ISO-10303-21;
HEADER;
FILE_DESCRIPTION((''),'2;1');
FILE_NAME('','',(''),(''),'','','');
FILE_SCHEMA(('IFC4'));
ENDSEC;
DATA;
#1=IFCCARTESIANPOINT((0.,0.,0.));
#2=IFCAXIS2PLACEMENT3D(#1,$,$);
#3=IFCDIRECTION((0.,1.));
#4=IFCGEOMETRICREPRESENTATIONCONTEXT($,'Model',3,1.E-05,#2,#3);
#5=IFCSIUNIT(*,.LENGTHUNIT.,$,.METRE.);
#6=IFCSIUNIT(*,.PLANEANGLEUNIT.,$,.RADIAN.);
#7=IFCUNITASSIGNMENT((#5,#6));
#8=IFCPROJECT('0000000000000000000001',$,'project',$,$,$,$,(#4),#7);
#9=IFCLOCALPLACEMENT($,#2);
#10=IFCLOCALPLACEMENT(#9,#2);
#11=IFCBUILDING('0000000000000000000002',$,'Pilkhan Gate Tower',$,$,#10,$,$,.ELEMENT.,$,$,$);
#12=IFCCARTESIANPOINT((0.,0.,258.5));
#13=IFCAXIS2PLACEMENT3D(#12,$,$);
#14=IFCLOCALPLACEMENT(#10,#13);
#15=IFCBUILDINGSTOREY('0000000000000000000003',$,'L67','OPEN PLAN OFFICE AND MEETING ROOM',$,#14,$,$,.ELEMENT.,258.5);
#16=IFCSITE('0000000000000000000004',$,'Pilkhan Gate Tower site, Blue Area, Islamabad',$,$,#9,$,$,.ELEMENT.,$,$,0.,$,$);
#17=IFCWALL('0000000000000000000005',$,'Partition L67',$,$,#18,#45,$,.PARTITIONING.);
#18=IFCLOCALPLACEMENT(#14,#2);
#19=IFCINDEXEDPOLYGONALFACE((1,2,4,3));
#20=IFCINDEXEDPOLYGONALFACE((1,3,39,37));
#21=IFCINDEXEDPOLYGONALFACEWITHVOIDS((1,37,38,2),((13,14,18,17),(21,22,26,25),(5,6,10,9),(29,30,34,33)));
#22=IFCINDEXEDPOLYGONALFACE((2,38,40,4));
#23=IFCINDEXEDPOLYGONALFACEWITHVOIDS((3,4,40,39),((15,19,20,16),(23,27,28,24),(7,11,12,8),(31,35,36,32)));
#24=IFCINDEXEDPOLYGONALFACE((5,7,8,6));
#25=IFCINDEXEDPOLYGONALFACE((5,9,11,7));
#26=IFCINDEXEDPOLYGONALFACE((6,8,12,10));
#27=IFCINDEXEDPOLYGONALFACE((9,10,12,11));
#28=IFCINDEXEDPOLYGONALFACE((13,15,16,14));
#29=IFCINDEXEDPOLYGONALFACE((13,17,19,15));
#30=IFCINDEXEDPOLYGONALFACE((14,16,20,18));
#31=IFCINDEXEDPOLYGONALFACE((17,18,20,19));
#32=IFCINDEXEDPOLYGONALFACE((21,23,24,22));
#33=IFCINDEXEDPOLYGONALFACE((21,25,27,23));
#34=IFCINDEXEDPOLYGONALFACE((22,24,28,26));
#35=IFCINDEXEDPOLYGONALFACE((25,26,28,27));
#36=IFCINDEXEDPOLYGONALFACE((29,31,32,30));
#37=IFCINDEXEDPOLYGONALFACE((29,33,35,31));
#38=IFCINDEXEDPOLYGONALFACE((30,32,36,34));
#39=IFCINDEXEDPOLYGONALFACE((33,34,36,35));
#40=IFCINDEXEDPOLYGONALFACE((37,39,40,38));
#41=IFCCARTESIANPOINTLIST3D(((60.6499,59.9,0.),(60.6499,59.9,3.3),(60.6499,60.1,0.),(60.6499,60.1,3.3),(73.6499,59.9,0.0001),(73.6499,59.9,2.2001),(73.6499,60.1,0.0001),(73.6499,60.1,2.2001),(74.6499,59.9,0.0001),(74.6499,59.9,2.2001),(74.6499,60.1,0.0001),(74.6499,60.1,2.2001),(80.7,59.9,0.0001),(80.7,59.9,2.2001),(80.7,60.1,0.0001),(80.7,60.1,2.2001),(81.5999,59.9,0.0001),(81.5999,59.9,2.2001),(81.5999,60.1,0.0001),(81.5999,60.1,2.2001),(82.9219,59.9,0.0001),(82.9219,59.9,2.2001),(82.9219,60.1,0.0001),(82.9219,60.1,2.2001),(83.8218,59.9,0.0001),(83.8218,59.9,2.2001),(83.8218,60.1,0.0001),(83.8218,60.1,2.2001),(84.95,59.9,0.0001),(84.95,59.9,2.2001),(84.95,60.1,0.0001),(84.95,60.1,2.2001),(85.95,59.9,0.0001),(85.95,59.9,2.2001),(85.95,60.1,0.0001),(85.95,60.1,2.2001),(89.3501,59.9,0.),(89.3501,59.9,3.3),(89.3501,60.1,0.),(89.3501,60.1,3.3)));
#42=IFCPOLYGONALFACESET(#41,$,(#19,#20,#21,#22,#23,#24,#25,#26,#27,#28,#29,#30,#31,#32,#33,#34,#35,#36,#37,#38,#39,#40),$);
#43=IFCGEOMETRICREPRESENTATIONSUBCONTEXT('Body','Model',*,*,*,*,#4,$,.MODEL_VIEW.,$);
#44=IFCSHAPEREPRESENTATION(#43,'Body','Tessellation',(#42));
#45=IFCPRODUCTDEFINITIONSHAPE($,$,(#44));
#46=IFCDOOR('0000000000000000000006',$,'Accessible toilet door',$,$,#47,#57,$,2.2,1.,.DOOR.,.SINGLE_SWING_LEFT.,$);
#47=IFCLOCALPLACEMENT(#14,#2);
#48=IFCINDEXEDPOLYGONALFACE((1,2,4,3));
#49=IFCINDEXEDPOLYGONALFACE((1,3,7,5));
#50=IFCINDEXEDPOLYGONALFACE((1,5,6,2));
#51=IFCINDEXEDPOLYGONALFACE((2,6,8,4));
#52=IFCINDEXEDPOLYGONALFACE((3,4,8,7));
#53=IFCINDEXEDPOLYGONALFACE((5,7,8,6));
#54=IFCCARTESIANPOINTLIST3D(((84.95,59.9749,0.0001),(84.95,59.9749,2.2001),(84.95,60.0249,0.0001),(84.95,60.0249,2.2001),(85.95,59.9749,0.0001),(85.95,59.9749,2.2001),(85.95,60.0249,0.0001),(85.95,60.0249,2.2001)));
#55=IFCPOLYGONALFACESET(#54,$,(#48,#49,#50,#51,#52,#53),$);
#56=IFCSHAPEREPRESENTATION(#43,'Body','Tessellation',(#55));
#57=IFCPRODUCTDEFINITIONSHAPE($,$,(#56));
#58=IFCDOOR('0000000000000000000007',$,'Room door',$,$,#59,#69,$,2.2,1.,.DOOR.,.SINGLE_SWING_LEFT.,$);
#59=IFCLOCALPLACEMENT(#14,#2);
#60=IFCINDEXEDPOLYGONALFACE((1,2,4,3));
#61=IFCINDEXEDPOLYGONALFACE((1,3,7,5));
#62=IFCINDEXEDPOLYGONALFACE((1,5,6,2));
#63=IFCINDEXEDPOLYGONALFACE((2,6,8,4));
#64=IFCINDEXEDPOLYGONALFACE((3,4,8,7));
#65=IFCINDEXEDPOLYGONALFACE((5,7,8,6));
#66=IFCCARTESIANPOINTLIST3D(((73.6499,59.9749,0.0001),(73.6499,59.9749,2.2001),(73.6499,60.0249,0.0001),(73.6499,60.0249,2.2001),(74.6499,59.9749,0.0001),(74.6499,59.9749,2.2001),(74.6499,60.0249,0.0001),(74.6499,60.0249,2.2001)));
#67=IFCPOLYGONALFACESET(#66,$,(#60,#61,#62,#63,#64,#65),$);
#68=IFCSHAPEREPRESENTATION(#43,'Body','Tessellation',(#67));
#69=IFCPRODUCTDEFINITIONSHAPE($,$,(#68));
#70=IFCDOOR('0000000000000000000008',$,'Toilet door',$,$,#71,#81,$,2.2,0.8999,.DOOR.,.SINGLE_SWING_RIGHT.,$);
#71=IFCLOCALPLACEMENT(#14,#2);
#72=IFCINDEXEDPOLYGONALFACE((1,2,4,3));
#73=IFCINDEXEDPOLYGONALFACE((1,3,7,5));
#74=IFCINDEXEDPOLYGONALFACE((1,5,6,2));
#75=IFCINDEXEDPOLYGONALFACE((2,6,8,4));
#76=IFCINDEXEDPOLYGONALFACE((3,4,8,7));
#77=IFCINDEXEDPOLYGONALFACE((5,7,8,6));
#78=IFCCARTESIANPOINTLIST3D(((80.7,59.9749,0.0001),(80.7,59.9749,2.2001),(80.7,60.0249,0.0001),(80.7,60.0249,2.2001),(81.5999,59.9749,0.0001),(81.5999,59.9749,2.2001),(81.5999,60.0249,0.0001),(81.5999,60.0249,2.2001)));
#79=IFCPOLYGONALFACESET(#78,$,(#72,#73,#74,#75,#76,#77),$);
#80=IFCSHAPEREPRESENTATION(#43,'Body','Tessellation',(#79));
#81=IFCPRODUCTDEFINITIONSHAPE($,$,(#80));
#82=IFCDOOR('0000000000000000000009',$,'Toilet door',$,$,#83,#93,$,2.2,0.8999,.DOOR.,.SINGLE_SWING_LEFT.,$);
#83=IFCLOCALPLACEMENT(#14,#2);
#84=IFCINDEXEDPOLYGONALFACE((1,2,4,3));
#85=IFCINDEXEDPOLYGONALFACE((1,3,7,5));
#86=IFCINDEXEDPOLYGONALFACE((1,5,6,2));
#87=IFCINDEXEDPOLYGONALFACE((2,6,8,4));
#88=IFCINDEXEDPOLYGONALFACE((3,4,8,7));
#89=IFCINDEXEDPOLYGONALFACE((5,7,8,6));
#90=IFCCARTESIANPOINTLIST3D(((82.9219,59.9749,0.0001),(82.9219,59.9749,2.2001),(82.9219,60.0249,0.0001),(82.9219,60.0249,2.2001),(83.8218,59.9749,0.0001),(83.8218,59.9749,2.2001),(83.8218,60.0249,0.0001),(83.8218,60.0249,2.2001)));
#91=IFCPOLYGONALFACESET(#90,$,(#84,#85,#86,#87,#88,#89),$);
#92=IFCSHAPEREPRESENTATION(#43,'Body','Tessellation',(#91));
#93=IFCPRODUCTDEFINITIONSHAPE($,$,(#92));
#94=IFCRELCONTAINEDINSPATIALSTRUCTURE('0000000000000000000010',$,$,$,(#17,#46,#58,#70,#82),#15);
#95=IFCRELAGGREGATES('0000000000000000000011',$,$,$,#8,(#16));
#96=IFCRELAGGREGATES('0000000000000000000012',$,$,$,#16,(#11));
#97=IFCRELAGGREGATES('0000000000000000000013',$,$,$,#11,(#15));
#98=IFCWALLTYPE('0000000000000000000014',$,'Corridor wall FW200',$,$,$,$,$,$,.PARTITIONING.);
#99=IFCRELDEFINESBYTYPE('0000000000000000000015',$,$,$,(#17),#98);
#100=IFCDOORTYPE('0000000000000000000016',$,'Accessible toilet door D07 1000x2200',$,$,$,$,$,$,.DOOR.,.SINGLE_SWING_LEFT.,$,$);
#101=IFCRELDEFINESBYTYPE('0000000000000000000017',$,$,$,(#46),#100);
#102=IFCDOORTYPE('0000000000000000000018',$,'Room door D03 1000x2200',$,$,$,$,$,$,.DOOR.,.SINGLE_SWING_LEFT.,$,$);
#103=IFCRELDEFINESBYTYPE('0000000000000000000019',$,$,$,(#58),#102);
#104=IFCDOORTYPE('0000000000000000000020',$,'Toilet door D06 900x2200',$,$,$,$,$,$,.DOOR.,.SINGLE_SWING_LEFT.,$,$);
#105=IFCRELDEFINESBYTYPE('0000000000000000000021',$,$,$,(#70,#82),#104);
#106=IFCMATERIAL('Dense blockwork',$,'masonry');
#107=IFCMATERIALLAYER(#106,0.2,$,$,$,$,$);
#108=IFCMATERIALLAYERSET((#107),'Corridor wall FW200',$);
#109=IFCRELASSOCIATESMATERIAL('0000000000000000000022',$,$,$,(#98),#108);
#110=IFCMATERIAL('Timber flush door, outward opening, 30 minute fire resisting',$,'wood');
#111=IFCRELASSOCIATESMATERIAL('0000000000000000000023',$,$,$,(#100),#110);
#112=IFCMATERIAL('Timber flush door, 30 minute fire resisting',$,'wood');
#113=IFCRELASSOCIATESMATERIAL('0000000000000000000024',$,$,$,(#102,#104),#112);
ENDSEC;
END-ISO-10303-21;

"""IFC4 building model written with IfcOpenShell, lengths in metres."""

from ifc_helpers import new_model, si_unit, direction, frame, frame_2d, origin, place, context, subcontext, project, spatial, rectangle, extrude, material, layer, layer_set, type_object, element, fill, save


model = new_model("IFC4")

# Units and contexts
model_context = context("Model", 3, precision=1e-05, world=origin(), true_north=direction((0.0, 1.0)))
body_context = subcontext(model_context, "Body", "Model", "MODEL_VIEW")
ifc_project = project(units=[si_unit("LENGTHUNIT", "METRE"), si_unit("PLANEANGLEUNIT", "RADIAN")], contexts=[model_context])

# Site, building, storey
site_placement = place(None, origin())
site = spatial("IfcSite", under=ifc_project, at=site_placement, Name="Pilkhan Gate Tower site, Blue Area, Islamabad", CompositionType="ELEMENT", RefElevation=0.0)
building_placement = place(site_placement, origin())
building = spatial("IfcBuilding", under=site, at=building_placement, Name="Pilkhan Gate Tower", CompositionType="ELEMENT")
storey_placement = place(building_placement, frame((0.0, 0.0, 258.5)))
storey = spatial("IfcBuildingStorey", under=building, at=storey_placement, Name="L67", Description="OPEN PLAN OFFICE AND MEETING ROOM", CompositionType="ELEMENT", Elevation=258.5)

# Wall, openings, doors
ifc_material_1 = material(Name="Dense blockwork", Category="masonry")
ifc_layer_1 = layer(ifc_material_1, 0.2)
ifc_layer_set_1 = layer_set([ifc_layer_1], Name="Corridor wall FW200")
wall_type = type_object("IfcWallType", Name="Corridor wall FW200", PredefinedType="PARTITIONING", material=ifc_layer_set_1)
wall_1_placement = place(storey_placement, frame((60.6499, 60.0, 0.0), z_axis=(0.0, 0.0, 1.0), x_axis=(1.0, 0.0, 0.0)))
wall_1 = element("IfcWall", 1, at=wall_1_placement, inside=storey, type_object=wall_type, Name="Partition L67", PredefinedType="PARTITIONING", context=body_context, shape_type="SweptSolid", body=[
    extrude(rectangle(XDim=28.7002, YDim=0.2, at=frame_2d((14.3501, 0.0))), origin(), (0.0, 0.0, 1.0), 3.3),
])
opening_1_placement = place(wall_1_placement, frame((13.0, 0.0, 0.0)))
opening_1 = element("IfcOpeningElement", 2, at=opening_1_placement, cuts=wall_1, PredefinedType="OPENING", context=body_context, shape_type="SweptSolid", body=[
    extrude(rectangle(XDim=1.0, YDim=2.2, at=frame_2d((0.5, 1.1001))), frame((0.0, 0.1099, 0.0), z_axis=(0.0, -1.0, 0.0), x_axis=(1.0, 0.0, 0.0)), (0.0, 0.0, 1.0), 0.22),
])
opening_2_placement = place(wall_1_placement, frame((20.05, 0.0, 0.0)))
opening_2 = element("IfcOpeningElement", 3, at=opening_2_placement, cuts=wall_1, PredefinedType="OPENING", context=body_context, shape_type="SweptSolid", body=[
    extrude(rectangle(XDim=0.8999, YDim=2.2, at=frame_2d((0.45, 1.1001))), frame((0.0, 0.1099, 0.0), z_axis=(0.0, -1.0, 0.0), x_axis=(1.0, 0.0, 0.0)), (0.0, 0.0, 1.0), 0.22),
])
opening_3_placement = place(wall_1_placement, frame((22.272, 0.0, 0.0)))
opening_3 = element("IfcOpeningElement", 4, at=opening_3_placement, cuts=wall_1, PredefinedType="OPENING", context=body_context, shape_type="SweptSolid", body=[
    extrude(rectangle(XDim=0.8999, YDim=2.2, at=frame_2d((0.45, 1.1001))), frame((0.0, 0.1099, 0.0), z_axis=(0.0, -1.0, 0.0), x_axis=(1.0, 0.0, 0.0)), (0.0, 0.0, 1.0), 0.22),
])
opening_4_placement = place(wall_1_placement, frame((24.3, 0.0, 0.0)))
opening_4 = element("IfcOpeningElement", 5, at=opening_4_placement, cuts=wall_1, PredefinedType="OPENING", context=body_context, shape_type="SweptSolid", body=[
    extrude(rectangle(XDim=1.0, YDim=2.2, at=frame_2d((0.5, 1.1001))), frame((0.0, 0.1099, 0.0), z_axis=(0.0, -1.0, 0.0), x_axis=(1.0, 0.0, 0.0)), (0.0, 0.0, 1.0), 0.22),
])
ifc_material_2 = material(Name="Timber flush door, outward opening, 30 minute fire resisting", Category="wood")
door_type_1 = type_object("IfcDoorType", Name="Accessible toilet door D07 1000x2200", OperationType="SINGLE_SWING_LEFT", PredefinedType="DOOR", material=ifc_material_2)
door_1_placement = place(opening_4_placement, origin())
door_1 = element("IfcDoor", 6, at=door_1_placement, inside=storey, type_object=door_type_1, Name="Accessible toilet door", OperationType="SINGLE_SWING_LEFT", OverallHeight=2.2, OverallWidth=1.0, PredefinedType="DOOR", context=body_context, shape_type="SweptSolid", body=[
    extrude(rectangle(XDim=1.0, YDim=2.2, at=frame_2d((0.5, 1.1001))), frame((0.0, 0.0249, 0.0), z_axis=(0.0, -1.0, 0.0), x_axis=(1.0, 0.0, 0.0)), (0.0, 0.0, 1.0), 0.05),
])
fill(opening_4, door_1)
ifc_material_3 = material(Name="Timber flush door, 30 minute fire resisting", Category="wood")
door_type_2 = type_object("IfcDoorType", Name="Room door D03 1000x2200", OperationType="SINGLE_SWING_LEFT", PredefinedType="DOOR", material=ifc_material_3)
door_2_placement = place(opening_1_placement, origin())
door_2 = element("IfcDoor", 7, at=door_2_placement, inside=storey, type_object=door_type_2, Name="Room door", OperationType="SINGLE_SWING_LEFT", OverallHeight=2.2, OverallWidth=1.0, PredefinedType="DOOR", context=body_context, shape_type="SweptSolid", body=[
    extrude(rectangle(XDim=1.0, YDim=2.2, at=frame_2d((0.5, 1.1001))), frame((0.0, 0.0249, 0.0), z_axis=(0.0, -1.0, 0.0), x_axis=(1.0, 0.0, 0.0)), (0.0, 0.0, 1.0), 0.05),
])
fill(opening_1, door_2)
door_type_3 = type_object("IfcDoorType", Name="Toilet door D06 900x2200", OperationType="SINGLE_SWING_LEFT", PredefinedType="DOOR", material=ifc_material_3)
door_3_placement = place(opening_2_placement, origin())
door_3 = element("IfcDoor", 8, at=door_3_placement, inside=storey, type_object=door_type_3, Name="Toilet door", OperationType="SINGLE_SWING_RIGHT", OverallHeight=2.2, OverallWidth=0.8999, PredefinedType="DOOR", context=body_context, shape_type="SweptSolid", body=[
    extrude(rectangle(XDim=0.8999, YDim=2.2, at=frame_2d((0.45, 1.1001))), frame((0.0, 0.0249, 0.0), z_axis=(0.0, -1.0, 0.0), x_axis=(1.0, 0.0, 0.0)), (0.0, 0.0, 1.0), 0.05),
])
fill(opening_2, door_3)
door_4_placement = place(opening_3_placement, origin())
door_4 = element("IfcDoor", 9, at=door_4_placement, inside=storey, type_object=door_type_3, Name="Toilet door", OperationType="SINGLE_SWING_LEFT", OverallHeight=2.2, OverallWidth=0.8999, PredefinedType="DOOR", context=body_context, shape_type="SweptSolid", body=[
    extrude(rectangle(XDim=0.8999, YDim=2.2, at=frame_2d((0.45, 1.1001))), frame((0.0, 0.0249, 0.0), z_axis=(0.0, -1.0, 0.0), x_axis=(1.0, 0.0, 0.0)), (0.0, 0.0, 1.0), 0.05),
])
fill(opening_3, door_4)

save(model, "model.ifc")
